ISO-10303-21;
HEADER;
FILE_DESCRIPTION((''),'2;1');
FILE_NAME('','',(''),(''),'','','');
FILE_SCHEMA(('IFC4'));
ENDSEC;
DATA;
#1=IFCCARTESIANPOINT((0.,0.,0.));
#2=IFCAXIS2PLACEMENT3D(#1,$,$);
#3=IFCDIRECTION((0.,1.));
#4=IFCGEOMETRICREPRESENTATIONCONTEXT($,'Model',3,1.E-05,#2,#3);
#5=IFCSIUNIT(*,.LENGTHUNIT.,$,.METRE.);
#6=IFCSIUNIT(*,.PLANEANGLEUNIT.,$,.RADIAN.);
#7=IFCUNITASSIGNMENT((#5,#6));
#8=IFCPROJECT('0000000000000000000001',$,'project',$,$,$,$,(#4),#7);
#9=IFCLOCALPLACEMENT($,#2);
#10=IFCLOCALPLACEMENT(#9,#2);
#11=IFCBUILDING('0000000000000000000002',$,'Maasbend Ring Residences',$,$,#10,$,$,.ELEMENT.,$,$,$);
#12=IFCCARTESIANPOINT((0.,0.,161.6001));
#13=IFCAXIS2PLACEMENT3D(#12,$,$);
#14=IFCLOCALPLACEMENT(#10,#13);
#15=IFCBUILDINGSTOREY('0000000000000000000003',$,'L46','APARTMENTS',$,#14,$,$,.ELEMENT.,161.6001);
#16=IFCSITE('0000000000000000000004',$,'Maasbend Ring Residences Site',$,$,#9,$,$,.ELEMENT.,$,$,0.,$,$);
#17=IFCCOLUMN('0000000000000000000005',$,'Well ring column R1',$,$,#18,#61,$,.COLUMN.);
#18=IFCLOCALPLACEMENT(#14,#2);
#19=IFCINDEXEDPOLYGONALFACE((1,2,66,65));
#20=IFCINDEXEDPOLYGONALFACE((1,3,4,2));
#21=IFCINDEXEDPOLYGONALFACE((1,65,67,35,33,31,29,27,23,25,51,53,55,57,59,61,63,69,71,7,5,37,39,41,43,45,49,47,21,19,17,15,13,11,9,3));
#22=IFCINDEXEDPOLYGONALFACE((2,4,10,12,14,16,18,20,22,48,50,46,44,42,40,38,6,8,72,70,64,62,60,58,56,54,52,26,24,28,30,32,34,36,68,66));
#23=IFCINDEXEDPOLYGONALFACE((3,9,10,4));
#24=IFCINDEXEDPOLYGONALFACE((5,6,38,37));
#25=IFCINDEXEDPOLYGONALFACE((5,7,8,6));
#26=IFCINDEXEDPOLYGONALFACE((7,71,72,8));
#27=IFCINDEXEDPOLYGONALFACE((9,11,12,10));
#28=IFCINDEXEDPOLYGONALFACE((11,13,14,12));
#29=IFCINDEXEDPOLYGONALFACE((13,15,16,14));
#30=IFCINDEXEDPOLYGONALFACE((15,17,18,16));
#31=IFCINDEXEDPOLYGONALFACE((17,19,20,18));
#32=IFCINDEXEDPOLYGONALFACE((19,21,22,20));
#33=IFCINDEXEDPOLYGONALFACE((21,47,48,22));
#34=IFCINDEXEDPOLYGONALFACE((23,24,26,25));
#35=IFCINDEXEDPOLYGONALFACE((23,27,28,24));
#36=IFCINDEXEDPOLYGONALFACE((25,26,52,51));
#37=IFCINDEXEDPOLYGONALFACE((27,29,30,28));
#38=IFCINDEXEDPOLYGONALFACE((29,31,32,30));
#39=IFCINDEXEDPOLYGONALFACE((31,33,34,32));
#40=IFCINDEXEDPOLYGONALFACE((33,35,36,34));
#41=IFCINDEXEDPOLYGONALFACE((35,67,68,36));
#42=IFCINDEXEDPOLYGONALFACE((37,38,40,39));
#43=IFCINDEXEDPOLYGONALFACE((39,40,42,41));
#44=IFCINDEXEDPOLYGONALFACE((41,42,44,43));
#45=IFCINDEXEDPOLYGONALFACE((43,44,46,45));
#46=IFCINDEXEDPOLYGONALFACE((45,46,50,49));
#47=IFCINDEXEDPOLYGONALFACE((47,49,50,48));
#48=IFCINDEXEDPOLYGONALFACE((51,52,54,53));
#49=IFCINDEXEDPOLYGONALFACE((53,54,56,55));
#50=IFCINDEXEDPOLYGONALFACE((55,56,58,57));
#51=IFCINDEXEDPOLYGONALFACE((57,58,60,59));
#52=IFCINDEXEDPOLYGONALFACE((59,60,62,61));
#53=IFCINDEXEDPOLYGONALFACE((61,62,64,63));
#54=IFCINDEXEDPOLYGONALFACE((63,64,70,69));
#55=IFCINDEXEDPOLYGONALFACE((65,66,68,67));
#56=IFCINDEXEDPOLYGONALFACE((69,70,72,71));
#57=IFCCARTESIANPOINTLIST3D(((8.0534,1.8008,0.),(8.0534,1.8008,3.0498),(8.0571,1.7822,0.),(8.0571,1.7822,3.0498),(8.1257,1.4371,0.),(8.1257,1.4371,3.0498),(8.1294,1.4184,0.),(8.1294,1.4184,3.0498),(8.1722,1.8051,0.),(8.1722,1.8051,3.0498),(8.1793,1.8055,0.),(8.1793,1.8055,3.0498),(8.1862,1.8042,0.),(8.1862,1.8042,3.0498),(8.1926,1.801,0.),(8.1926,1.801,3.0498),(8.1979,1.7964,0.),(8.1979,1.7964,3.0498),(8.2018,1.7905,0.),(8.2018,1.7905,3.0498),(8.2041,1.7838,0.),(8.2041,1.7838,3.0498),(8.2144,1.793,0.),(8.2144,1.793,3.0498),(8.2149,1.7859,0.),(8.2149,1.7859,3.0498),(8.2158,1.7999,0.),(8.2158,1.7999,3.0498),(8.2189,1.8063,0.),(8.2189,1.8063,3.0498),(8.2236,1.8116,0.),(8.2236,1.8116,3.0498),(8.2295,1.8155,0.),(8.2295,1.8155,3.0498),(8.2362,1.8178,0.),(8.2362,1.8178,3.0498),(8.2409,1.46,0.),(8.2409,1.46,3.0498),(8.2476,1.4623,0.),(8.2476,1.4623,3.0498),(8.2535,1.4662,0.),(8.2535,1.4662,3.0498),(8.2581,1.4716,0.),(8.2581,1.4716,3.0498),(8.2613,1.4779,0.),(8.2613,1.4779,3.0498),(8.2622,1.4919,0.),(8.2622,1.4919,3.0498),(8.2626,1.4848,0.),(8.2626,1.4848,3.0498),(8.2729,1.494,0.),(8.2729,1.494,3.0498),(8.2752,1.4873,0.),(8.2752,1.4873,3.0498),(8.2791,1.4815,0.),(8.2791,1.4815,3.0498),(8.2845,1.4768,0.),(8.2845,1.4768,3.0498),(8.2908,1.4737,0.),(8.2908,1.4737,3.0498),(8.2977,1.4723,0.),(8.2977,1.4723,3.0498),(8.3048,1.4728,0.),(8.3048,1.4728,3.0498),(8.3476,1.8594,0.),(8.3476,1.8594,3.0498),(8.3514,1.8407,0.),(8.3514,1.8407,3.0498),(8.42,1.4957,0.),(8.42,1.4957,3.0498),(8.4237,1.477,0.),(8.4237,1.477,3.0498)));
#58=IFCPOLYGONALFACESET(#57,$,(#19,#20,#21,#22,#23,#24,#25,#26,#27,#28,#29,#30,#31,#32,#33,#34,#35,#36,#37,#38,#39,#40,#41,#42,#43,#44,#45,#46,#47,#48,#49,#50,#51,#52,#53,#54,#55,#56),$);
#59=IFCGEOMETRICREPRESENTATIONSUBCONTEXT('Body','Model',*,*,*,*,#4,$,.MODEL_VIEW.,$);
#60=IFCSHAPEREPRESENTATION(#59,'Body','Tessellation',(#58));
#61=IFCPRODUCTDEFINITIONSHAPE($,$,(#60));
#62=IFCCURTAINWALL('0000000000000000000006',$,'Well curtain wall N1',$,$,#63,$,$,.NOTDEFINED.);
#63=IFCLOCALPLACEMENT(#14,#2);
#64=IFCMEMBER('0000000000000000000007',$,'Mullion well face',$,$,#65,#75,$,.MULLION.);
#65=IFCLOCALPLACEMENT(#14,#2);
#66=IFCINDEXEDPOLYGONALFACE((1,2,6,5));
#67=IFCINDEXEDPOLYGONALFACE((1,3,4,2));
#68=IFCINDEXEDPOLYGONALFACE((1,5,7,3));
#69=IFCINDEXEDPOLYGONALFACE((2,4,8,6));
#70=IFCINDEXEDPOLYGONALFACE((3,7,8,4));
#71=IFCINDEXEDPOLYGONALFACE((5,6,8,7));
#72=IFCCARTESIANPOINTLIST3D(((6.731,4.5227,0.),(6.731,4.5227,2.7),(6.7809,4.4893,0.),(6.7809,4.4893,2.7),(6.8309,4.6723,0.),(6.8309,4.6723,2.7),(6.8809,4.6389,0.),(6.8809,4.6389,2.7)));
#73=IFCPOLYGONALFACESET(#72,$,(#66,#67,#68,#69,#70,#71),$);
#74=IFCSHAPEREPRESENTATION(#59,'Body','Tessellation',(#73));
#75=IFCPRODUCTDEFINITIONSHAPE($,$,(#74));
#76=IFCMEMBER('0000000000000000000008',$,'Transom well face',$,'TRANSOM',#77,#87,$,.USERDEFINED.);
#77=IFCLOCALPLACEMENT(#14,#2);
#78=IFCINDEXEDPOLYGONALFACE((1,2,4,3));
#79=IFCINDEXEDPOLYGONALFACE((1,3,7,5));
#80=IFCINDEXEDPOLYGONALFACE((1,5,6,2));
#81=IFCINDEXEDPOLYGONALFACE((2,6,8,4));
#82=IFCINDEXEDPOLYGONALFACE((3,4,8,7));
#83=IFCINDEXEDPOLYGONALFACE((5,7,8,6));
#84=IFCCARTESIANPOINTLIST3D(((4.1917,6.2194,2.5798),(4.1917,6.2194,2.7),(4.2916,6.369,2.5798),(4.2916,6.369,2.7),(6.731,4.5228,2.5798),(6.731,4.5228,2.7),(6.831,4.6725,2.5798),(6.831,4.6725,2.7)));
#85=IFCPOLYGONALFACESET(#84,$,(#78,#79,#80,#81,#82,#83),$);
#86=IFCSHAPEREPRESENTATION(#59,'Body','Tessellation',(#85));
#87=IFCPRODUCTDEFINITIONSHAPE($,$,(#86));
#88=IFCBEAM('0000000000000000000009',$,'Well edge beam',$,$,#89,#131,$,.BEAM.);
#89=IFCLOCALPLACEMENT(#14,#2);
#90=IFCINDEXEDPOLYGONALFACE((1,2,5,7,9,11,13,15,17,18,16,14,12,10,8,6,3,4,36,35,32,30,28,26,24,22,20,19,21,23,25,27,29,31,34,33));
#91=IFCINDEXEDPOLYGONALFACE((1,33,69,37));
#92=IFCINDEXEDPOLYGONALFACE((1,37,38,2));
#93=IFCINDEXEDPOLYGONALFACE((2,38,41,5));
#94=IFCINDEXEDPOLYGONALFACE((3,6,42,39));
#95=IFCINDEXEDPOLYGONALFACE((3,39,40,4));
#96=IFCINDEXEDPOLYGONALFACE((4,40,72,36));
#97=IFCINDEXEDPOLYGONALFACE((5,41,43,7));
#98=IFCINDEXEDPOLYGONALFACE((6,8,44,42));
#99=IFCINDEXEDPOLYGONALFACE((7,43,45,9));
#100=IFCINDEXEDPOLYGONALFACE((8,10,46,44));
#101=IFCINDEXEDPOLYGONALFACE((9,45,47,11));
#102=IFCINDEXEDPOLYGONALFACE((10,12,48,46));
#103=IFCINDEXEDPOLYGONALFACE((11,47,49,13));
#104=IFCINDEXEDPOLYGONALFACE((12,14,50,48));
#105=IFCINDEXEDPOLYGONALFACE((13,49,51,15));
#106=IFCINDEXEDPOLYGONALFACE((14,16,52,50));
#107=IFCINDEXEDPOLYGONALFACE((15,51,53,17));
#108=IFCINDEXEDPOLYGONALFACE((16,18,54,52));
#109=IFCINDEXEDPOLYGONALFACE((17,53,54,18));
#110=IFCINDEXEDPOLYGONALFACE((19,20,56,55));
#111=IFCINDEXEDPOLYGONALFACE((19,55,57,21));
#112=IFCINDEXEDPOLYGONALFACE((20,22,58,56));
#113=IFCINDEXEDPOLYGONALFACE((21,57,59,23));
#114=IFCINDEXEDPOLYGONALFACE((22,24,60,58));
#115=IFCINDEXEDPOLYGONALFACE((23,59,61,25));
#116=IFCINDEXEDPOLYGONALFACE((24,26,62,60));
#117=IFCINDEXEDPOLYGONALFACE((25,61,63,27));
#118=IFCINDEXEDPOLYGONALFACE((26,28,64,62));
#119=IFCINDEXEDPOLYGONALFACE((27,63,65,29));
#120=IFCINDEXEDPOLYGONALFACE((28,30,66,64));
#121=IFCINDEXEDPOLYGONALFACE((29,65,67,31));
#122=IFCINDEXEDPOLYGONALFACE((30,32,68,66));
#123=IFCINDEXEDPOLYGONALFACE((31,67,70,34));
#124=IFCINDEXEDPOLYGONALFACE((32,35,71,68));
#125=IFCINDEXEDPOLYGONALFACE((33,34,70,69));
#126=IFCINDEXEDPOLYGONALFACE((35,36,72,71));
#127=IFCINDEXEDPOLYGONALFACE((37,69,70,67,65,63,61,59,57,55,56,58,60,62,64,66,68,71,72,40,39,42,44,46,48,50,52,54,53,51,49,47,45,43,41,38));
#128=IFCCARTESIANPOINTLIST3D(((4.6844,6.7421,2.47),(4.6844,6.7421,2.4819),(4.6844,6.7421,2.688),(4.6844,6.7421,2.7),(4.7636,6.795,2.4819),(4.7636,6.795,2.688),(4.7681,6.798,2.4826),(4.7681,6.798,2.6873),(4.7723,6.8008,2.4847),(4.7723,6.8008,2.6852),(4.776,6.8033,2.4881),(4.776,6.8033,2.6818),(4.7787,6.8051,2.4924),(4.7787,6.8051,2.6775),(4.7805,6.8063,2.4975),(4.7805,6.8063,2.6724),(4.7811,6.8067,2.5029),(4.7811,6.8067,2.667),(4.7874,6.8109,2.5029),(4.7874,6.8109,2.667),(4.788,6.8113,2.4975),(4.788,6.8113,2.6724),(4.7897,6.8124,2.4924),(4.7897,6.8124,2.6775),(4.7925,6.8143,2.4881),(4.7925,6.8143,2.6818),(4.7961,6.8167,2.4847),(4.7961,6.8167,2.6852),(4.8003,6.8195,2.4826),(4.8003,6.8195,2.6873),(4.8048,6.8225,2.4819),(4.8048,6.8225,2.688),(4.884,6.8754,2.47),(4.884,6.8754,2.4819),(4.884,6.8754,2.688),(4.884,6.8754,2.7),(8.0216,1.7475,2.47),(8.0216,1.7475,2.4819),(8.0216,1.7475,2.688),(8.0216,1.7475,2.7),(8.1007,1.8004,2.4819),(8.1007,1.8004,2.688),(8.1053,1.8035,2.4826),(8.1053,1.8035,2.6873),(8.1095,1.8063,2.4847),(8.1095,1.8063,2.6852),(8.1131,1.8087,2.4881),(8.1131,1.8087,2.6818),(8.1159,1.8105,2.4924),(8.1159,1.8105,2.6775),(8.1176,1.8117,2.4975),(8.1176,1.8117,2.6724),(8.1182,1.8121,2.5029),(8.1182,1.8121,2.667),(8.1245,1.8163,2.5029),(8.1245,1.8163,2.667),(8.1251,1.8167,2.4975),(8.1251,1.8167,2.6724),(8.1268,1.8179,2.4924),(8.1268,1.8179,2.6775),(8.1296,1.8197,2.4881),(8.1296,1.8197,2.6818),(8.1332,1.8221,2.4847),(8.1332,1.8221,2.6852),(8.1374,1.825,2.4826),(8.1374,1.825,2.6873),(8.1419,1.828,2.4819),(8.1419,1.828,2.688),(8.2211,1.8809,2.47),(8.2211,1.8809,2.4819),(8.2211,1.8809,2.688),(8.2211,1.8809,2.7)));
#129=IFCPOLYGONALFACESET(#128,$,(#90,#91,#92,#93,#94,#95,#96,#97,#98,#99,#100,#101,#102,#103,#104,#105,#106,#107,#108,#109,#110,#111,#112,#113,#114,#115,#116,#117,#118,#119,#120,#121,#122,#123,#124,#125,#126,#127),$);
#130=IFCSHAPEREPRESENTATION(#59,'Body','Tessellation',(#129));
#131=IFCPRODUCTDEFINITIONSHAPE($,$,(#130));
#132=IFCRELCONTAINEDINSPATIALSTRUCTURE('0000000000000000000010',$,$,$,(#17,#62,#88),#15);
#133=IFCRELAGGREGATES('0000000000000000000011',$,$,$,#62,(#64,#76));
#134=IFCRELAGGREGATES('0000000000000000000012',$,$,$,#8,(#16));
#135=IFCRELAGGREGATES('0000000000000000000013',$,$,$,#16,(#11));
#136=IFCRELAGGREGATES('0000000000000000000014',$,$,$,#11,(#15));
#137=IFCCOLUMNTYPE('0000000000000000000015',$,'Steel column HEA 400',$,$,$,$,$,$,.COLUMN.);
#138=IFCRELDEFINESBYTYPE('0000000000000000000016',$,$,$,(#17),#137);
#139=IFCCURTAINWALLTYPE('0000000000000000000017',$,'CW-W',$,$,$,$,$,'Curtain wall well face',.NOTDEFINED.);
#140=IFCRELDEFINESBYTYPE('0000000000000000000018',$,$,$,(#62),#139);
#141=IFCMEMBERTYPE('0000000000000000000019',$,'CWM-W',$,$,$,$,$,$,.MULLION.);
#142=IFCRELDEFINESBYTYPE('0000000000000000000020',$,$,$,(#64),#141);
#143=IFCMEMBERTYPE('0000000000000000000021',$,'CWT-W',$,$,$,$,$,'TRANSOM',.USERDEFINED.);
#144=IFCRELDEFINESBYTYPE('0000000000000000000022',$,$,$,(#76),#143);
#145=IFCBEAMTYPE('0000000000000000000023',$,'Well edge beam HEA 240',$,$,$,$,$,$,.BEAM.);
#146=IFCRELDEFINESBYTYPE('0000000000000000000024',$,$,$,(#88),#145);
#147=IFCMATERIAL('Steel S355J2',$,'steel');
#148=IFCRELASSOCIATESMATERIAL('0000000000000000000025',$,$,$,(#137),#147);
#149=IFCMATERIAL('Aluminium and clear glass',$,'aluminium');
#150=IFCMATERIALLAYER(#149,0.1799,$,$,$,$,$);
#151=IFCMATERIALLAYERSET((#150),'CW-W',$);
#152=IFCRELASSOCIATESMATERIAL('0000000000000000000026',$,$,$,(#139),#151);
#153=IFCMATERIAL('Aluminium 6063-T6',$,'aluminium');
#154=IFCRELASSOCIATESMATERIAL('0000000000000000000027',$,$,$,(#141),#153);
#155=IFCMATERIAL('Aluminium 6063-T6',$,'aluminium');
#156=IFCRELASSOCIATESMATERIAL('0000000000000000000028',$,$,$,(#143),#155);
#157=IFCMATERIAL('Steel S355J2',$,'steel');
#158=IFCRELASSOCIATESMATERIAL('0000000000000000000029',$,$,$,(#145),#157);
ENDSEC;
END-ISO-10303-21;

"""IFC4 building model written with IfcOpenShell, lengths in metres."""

from ifc_helpers import new_model, si_unit, direction, frame, origin, origin_2d, place, context, subcontext, project, spatial, rectangle, i_section, extrude, material, layer, layer_set, material_profile, profile_set, type_object, element, aggregate, save


model = new_model("IFC4")

# Units and contexts
model_context = context("Model", 3, precision=1e-05, world=origin(), true_north=direction((0.0, 1.0)))
body_context = subcontext(model_context, "Body", "Model", "MODEL_VIEW")
ifc_project = project(units=[si_unit("LENGTHUNIT", "METRE"), si_unit("PLANEANGLEUNIT", "RADIAN")], contexts=[model_context])

# Site, building, storey
site_placement = place(None, origin())
site = spatial("IfcSite", under=ifc_project, at=site_placement, Name="Maasbend Ring Residences Site", CompositionType="ELEMENT", RefElevation=0.0)
building_placement = place(site_placement, origin())
building = spatial("IfcBuilding", under=site, at=building_placement, Name="Maasbend Ring Residences", CompositionType="ELEMENT")
storey_placement = place(building_placement, frame((0.0, 0.0, 161.6001)))
storey = spatial("IfcBuildingStorey", under=building, at=storey_placement, Name="L46", Description="APARTMENTS", CompositionType="ELEMENT", Elevation=161.6001)

# Column
ifc_material_1 = material(Name="Steel S355J2", Category="steel")
ifc_material_profile_1 = material_profile(ifc_material_1, i_section(OverallWidth=0.3, OverallDepth=0.3899, WebThickness=0.011, FlangeThickness=0.019, FilletRadius=0.0271, at=origin_2d()), Name="HEA 400")
ifc_profile_set_1 = profile_set([ifc_material_profile_1], Name="Steel S355J2")
column_type = type_object("IfcColumnType", Name="Steel column HEA 400", PredefinedType="COLUMN", material=ifc_profile_set_1)
column_placement = place(storey_placement, frame((8.2385, 1.6389, 0.0), z_axis=(0.0, 0.0, 1.0), x_axis=(0.980785, 0.19509, 0.0)))
element("IfcColumn", 1, at=column_placement, inside=storey, type_object=column_type, Name="Well ring column R1", PredefinedType="COLUMN", context=body_context, shape_type="SweptSolid", body=[
    extrude(i_section(OverallWidth=0.3, OverallDepth=0.3899, WebThickness=0.011, FlangeThickness=0.019, FilletRadius=0.0271, at=origin_2d()), origin(), (0.0, 0.0, 1.0), 3.0498),
])

# Curtain wall, members
ifc_material_2 = material(Name="Aluminium and clear glass", Category="aluminium")
ifc_layer_1 = layer(ifc_material_2, 0.1799)
ifc_layer_set_1 = layer_set([ifc_layer_1], Name="CW-W")
curtain_wall_type = type_object("IfcCurtainWallType", Name="CW-W", ElementType="Curtain wall well face", PredefinedType="NOTDEFINED", material=ifc_layer_set_1)
curtain_wall_placement = place(storey_placement, origin())
curtain_wall = element("IfcCurtainWall", 2, at=curtain_wall_placement, inside=storey, type_object=curtain_wall_type, Name="Well curtain wall N1", PredefinedType="NOTDEFINED")
ifc_material_3 = material(Name="Aluminium 6063-T6", Category="aluminium")
ifc_material_profile_2 = material_profile(ifc_material_3, rectangle(XDim=0.1799, YDim=0.0601, at=origin_2d()), Name="AL 180x60")
ifc_profile_set_2 = profile_set([ifc_material_profile_2], Name="Aluminium 6063-T6")
member_type_1 = type_object("IfcMemberType", Name="CWM-W", PredefinedType="MULLION", material=ifc_profile_set_2)
member_1_placement = place(storey_placement, frame((6.8059, 4.5808, 0.0), z_axis=(0.0, 0.0, 1.0), x_axis=(-0.55557, -0.83147, 0.0)))
member_1 = element("IfcMember", 3, at=member_1_placement, type_object=member_type_1, Name="Mullion well face", PredefinedType="MULLION", context=body_context, shape_type="SweptSolid", body=[
    extrude(rectangle(XDim=0.1799, YDim=0.0601, at=origin_2d()), origin(), (0.0, 0.0, 1.0), 2.7),
])
ifc_material_4 = material(Name="Aluminium 6063-T6", Category="aluminium")
ifc_material_profile_3 = material_profile(ifc_material_4, rectangle(XDim=0.1799, YDim=0.1201, at=origin_2d()), Name="AL 180x120")
ifc_profile_set_3 = profile_set([ifc_material_profile_3], Name="Aluminium 6063-T6")
member_type_2 = type_object("IfcMemberType", Name="CWT-W", ElementType="TRANSOM", PredefinedType="USERDEFINED", material=ifc_profile_set_3)
member_2_placement = place(storey_placement, frame((6.781, 4.5977, 2.6399), z_axis=(-0.831496, 0.55553, 0.0), x_axis=(-0.55553, -0.831496, 0.0)))
member_2 = element("IfcMember", 4, at=member_2_placement, type_object=member_type_2, Name="Transom well face", ObjectType="TRANSOM", PredefinedType="USERDEFINED", context=body_context, shape_type="SweptSolid", body=[
    extrude(rectangle(XDim=0.1799, YDim=0.1201, at=origin_2d()), origin(), (0.0, 0.0, 1.0), 3.054),
])
aggregate(curtain_wall, [member_1, member_2])

# Beam
ifc_material_5 = material(Name="Steel S355J2", Category="steel")
ifc_material_profile_4 = material_profile(ifc_material_5, i_section(OverallWidth=0.24, OverallDepth=0.23, WebThickness=0.0076, FlangeThickness=0.012, FilletRadius=0.021, at=origin_2d()), Name="HEA 240")
ifc_profile_set_4 = profile_set([ifc_material_profile_4], Name="Steel S355J2")
beam_type = type_object("IfcBeamType", Name="Well edge beam HEA 240", PredefinedType="BEAM", material=ifc_profile_set_4)
beam_placement = place(storey_placement, frame((8.1213, 1.8142, 2.585), z_axis=(-0.555553, 0.831481, 0.0), x_axis=(-0.831481, -0.555553, 0.0)))
element("IfcBeam", 5, at=beam_placement, inside=storey, type_object=beam_type, Name="Well edge beam", PredefinedType="BEAM", context=body_context, shape_type="SweptSolid", body=[
    extrude(i_section(OverallWidth=0.24, OverallDepth=0.23, WebThickness=0.0076, FlangeThickness=0.012, FilletRadius=0.021, at=origin_2d()), origin(), (0.0, 0.0, 1.0), 6.0068),
])

save(model, "model.ifc")
